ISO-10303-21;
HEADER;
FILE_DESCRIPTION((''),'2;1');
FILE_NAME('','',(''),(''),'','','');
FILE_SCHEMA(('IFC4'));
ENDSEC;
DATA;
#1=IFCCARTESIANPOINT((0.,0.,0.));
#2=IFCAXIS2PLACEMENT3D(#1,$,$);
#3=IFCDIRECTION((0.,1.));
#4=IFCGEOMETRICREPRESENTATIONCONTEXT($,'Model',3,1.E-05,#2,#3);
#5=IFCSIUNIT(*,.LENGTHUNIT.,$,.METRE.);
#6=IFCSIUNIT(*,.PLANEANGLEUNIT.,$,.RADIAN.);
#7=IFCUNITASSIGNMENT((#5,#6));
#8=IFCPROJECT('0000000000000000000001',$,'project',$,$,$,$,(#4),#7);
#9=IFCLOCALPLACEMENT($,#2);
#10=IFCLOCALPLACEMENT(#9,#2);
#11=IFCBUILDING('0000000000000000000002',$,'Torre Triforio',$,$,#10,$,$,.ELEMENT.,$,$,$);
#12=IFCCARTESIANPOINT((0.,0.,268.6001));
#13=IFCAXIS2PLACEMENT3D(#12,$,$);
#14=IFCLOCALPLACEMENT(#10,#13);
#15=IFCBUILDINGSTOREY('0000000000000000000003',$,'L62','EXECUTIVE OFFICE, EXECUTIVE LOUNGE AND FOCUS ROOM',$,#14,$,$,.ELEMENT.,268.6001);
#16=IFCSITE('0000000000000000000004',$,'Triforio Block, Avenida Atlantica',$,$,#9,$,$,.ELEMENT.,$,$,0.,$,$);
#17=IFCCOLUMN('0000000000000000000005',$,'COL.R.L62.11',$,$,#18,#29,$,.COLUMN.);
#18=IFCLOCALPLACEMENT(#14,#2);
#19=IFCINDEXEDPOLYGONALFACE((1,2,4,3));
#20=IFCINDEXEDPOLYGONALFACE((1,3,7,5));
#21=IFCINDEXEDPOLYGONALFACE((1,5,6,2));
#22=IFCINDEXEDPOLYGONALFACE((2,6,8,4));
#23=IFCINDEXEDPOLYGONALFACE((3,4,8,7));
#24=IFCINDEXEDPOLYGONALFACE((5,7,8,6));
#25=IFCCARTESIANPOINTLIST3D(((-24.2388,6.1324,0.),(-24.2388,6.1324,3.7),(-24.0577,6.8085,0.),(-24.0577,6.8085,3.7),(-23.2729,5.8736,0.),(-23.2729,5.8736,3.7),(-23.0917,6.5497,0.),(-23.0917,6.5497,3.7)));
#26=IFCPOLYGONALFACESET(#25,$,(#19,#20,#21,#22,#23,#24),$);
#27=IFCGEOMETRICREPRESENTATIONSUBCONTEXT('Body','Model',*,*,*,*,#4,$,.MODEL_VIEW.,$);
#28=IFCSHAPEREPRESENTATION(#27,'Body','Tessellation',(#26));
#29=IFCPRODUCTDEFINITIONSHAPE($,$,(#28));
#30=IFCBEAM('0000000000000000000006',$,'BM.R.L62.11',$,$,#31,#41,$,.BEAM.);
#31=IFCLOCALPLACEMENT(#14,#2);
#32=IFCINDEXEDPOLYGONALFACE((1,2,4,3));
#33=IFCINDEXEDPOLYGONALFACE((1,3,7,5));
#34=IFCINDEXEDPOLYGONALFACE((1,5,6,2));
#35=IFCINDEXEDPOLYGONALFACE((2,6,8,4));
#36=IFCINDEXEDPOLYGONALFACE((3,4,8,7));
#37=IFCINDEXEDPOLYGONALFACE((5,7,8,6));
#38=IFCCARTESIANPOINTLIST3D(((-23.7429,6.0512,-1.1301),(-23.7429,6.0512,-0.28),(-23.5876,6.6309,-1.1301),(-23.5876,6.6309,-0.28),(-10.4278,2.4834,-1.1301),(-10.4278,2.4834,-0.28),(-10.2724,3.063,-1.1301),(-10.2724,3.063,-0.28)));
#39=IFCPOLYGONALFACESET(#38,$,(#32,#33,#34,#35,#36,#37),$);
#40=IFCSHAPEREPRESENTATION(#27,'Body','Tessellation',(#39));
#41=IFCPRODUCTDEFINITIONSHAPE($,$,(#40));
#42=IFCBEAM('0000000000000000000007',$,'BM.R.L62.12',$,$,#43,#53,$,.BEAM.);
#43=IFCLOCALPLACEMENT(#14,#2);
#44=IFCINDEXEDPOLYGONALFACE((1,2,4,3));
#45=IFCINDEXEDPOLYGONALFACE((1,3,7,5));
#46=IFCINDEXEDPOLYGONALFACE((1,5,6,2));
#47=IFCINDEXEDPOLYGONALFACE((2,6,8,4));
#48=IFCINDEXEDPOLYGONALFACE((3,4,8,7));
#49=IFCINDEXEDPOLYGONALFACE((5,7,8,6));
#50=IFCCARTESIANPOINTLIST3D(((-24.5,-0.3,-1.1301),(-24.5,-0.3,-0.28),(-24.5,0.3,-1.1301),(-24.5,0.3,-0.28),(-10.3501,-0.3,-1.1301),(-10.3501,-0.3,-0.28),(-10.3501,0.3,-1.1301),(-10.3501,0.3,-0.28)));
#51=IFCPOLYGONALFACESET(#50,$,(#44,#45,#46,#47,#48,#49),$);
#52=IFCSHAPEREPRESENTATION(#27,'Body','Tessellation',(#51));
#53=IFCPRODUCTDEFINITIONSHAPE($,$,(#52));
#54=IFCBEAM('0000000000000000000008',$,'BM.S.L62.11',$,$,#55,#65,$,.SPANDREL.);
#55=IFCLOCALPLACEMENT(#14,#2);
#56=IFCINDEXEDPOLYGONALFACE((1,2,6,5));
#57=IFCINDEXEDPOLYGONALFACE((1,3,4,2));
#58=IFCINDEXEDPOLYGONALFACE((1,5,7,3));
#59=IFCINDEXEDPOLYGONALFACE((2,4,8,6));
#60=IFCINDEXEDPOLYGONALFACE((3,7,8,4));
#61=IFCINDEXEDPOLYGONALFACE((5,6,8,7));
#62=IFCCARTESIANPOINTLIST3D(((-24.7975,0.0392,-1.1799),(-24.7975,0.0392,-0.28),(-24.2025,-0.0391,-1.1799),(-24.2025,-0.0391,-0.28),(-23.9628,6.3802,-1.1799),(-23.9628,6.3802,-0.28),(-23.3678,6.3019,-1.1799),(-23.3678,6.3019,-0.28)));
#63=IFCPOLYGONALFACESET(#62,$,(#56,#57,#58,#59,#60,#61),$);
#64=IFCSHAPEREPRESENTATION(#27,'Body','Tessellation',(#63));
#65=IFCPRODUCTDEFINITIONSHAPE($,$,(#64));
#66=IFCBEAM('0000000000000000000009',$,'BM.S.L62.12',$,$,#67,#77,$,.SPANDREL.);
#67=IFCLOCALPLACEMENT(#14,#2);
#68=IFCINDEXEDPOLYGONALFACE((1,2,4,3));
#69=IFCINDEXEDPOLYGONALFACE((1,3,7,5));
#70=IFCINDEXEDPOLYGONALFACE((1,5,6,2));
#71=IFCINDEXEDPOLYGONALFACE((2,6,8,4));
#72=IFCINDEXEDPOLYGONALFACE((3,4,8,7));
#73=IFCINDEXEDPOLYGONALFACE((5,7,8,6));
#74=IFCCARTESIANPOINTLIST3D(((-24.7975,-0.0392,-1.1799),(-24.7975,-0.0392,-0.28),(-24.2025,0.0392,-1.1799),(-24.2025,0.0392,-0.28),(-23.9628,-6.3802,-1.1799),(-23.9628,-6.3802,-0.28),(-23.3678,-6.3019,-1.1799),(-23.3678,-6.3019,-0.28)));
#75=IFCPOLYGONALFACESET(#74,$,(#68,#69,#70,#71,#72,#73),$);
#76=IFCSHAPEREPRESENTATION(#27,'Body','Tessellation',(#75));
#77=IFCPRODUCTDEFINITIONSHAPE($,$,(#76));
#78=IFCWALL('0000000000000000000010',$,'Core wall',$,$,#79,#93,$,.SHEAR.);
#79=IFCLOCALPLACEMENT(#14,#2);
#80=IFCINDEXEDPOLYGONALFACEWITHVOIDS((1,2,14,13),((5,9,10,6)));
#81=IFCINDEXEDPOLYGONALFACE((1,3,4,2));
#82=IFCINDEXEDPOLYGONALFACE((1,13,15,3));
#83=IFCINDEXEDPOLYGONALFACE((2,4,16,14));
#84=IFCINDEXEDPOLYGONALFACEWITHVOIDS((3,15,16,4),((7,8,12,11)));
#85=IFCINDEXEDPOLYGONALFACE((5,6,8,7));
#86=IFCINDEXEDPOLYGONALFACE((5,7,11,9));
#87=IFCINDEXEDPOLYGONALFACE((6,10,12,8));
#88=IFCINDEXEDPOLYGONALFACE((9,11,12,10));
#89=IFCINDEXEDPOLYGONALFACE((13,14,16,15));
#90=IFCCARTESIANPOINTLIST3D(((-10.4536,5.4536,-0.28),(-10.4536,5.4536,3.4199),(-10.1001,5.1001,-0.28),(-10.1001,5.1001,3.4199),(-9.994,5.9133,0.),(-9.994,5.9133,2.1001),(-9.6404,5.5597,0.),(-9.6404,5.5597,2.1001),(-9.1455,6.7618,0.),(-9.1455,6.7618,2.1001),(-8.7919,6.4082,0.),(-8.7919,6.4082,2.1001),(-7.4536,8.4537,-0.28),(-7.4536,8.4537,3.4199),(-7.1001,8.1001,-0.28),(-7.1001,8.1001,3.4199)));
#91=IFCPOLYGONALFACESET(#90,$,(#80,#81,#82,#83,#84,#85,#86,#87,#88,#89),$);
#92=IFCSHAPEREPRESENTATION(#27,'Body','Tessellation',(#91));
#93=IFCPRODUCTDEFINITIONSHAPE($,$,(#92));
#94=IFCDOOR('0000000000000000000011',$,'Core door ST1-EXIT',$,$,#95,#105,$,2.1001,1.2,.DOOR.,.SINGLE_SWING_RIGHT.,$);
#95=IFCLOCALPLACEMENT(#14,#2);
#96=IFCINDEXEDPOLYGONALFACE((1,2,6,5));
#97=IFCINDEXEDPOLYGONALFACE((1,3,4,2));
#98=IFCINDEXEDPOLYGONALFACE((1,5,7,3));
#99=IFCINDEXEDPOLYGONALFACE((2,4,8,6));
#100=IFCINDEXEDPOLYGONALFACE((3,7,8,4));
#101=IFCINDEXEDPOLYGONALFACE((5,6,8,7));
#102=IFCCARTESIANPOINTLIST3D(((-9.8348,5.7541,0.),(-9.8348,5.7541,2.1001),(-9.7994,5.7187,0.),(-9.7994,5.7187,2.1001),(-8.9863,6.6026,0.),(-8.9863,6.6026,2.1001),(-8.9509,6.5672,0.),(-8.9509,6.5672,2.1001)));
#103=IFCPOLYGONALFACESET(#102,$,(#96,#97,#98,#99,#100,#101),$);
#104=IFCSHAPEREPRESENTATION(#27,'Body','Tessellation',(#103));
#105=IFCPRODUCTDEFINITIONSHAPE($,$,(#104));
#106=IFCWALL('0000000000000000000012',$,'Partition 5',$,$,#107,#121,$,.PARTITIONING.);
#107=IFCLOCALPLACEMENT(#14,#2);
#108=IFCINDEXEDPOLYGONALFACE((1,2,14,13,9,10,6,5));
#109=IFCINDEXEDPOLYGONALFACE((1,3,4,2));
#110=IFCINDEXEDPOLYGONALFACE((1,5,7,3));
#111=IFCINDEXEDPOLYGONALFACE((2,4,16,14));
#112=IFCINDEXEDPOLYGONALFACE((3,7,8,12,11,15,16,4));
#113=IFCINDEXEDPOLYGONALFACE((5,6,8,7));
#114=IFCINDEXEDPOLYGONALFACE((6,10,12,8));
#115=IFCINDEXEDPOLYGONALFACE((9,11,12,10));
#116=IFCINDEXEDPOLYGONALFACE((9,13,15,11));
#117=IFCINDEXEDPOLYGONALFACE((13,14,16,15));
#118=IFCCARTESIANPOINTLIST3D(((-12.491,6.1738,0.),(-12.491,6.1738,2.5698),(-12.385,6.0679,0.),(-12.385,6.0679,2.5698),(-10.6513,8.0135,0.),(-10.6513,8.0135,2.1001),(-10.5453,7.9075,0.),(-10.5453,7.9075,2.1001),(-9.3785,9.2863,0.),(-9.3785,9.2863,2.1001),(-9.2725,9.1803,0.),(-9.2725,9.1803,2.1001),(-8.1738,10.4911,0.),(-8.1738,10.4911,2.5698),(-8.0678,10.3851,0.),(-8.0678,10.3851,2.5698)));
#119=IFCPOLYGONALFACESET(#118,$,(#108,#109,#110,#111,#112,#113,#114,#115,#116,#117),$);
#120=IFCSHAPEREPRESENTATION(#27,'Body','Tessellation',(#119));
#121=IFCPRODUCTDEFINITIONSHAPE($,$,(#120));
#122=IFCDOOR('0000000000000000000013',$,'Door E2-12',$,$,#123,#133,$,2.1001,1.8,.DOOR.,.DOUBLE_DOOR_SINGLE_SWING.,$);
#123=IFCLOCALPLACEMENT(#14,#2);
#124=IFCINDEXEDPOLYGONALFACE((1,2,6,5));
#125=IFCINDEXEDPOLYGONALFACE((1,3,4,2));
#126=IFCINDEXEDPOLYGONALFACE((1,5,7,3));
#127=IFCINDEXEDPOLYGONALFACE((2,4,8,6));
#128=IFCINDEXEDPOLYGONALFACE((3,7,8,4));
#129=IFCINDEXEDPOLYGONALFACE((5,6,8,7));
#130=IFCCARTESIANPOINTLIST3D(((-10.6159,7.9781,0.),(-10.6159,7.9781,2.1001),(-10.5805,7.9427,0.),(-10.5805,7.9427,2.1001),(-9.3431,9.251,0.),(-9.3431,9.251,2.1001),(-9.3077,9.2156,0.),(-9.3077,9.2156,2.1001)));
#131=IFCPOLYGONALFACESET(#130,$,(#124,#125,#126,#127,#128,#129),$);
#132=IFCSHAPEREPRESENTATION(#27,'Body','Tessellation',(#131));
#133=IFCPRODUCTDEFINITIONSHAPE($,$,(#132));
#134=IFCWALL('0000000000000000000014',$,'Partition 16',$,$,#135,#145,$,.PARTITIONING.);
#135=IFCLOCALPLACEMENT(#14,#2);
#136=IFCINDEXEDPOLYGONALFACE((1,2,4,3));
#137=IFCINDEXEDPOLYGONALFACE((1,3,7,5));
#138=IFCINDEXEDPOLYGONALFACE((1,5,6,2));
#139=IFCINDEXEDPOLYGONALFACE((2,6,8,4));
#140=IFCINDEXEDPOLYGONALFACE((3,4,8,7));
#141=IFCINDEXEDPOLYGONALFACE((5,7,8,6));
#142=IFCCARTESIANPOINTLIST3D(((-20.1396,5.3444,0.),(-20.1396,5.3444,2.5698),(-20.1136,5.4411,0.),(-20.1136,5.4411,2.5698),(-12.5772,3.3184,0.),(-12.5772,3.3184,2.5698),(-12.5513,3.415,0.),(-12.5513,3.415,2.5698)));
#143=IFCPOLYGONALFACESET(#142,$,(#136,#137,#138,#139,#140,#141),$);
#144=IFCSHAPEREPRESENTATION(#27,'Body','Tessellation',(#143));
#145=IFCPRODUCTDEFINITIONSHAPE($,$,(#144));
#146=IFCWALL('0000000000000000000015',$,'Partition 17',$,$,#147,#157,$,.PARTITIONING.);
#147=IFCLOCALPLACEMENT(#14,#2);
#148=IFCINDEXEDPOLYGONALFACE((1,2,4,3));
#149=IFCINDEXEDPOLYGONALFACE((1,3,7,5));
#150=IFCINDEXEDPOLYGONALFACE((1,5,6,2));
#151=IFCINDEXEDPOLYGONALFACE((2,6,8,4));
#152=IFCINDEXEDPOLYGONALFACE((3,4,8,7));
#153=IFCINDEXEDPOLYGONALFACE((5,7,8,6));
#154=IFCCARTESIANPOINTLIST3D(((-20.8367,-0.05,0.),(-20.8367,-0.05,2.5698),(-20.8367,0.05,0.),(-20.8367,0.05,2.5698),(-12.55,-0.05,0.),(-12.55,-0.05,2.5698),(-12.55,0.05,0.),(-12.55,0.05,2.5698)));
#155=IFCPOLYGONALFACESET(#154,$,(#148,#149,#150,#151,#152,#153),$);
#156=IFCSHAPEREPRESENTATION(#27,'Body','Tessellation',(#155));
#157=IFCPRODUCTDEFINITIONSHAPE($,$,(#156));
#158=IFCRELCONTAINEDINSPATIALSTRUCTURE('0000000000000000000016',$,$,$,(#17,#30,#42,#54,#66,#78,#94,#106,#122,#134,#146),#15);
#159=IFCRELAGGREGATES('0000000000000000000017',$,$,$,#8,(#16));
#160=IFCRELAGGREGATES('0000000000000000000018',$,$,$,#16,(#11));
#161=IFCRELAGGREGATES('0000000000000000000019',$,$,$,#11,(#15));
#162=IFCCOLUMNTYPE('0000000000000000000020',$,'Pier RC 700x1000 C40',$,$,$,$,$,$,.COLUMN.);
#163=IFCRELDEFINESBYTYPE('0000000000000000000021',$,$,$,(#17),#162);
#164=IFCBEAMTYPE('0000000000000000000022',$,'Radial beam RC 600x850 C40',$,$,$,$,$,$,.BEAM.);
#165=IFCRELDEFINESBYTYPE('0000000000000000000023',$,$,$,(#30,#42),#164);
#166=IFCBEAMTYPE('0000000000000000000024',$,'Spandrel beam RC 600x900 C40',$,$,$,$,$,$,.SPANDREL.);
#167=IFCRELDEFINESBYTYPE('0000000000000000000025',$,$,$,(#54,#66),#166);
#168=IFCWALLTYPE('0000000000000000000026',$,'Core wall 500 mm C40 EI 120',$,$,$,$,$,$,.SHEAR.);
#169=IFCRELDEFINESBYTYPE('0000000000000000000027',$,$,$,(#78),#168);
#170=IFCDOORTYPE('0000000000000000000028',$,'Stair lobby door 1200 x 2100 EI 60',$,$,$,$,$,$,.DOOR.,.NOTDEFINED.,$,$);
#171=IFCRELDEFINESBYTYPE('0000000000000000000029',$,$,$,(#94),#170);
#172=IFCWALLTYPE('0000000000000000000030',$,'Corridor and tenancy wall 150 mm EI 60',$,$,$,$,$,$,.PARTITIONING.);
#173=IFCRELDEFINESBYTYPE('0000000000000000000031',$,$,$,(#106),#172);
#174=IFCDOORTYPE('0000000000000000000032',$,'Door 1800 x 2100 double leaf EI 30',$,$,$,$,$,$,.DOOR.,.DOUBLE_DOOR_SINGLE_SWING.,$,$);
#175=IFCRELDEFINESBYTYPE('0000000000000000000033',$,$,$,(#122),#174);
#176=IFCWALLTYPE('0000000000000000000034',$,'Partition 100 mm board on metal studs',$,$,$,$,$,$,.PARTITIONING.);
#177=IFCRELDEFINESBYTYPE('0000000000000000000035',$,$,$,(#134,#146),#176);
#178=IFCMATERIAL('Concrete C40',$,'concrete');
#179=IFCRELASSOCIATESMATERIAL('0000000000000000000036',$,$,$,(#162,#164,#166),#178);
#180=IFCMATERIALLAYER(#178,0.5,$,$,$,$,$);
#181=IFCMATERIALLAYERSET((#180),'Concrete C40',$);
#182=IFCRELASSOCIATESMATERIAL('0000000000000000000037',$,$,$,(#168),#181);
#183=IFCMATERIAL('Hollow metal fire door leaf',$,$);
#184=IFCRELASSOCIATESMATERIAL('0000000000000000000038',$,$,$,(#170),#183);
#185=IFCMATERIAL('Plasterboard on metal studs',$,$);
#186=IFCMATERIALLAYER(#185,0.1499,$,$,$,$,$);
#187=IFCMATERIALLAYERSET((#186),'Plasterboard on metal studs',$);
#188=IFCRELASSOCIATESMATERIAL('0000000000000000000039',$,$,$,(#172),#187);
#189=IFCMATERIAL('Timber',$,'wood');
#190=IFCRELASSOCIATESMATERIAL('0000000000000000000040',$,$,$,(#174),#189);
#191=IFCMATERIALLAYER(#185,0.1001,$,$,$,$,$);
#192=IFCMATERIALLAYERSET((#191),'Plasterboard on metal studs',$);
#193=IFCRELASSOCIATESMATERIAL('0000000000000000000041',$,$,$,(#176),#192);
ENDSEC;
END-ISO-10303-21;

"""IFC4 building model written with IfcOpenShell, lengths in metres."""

from ifc_helpers import new_model, si_unit, direction, frame, frame_2d, origin, origin_2d, place, context, subcontext, project, spatial, rectangle, extrude, material, layer, layer_set, material_profile, profile_set, type_object, element, fill, save


model = new_model("IFC4")

# Units and contexts
model_context = context("Model", 3, precision=1e-05, world=origin(), true_north=direction((0.0, 1.0)))
body_context = subcontext(model_context, "Body", "Model", "MODEL_VIEW")
ifc_project = project(units=[si_unit("LENGTHUNIT", "METRE"), si_unit("PLANEANGLEUNIT", "RADIAN")], contexts=[model_context])

# Site, building, storey
site_placement = place(None, origin())
site = spatial("IfcSite", under=ifc_project, at=site_placement, Name="Triforio Block, Avenida Atlantica", CompositionType="ELEMENT", RefElevation=0.0)
building_placement = place(site_placement, origin())
building = spatial("IfcBuilding", under=site, at=building_placement, Name="Torre Triforio", CompositionType="ELEMENT")
storey_placement = place(building_placement, frame((0.0, 0.0, 268.6001)))
storey = spatial("IfcBuildingStorey", under=building, at=storey_placement, Name="L62", Description="EXECUTIVE OFFICE, EXECUTIVE LOUNGE AND FOCUS ROOM", CompositionType="ELEMENT", Elevation=268.6001)

# Column
ifc_material_1 = material(Name="Concrete C40", Category="concrete")
ifc_material_profile_1 = material_profile(ifc_material_1, rectangle(XDim=0.7, YDim=1.0, at=origin_2d()), Name="RC 700x1000")
ifc_profile_set_1 = profile_set([ifc_material_profile_1], Name="Concrete C40")
column_type = type_object("IfcColumnType", Name="Pier RC 700x1000 C40", PredefinedType="COLUMN", material=ifc_profile_set_1)
column_placement = place(storey_placement, frame((-23.6653, 6.3411, 0.0), z_axis=(0.0, 0.0, 1.0), x_axis=(-0.258819, -0.965926, 0.0)))
element("IfcColumn", 1, at=column_placement, inside=storey, type_object=column_type, Name="COL.R.L62.11", PredefinedType="COLUMN", context=body_context, shape_type="SweptSolid", body=[
    extrude(rectangle(XDim=0.7, YDim=1.0, at=origin_2d()), origin(), (0.0, 0.0, 1.0), 3.7),
])

# Beams
ifc_material_profile_2 = material_profile(ifc_material_1, rectangle(XDim=0.6001, YDim=0.8501, at=origin_2d()), Name="RC 600x850")
ifc_profile_set_2 = profile_set([ifc_material_profile_2], Name="Concrete C40")
beam_type_1 = type_object("IfcBeamType", Name="Radial beam RC 600x850 C40", PredefinedType="BEAM", material=ifc_profile_set_2)
beam_1_placement = place(storey_placement, frame((-10.3501, 2.7732, -0.7051), z_axis=(-0.965924, 0.258824, 0.0), x_axis=(-0.258824, -0.965924, 0.0)))
element("IfcBeam", 2, at=beam_1_placement, inside=storey, type_object=beam_type_1, Name="BM.R.L62.11", PredefinedType="BEAM", context=body_context, shape_type="SweptSolid", body=[
    extrude(rectangle(XDim=0.6001, YDim=0.8501, at=origin_2d()), origin(), (0.0, 0.0, 1.0), 13.7849),
])
beam_2_placement = place(storey_placement, frame((-10.3501, 0.0, -0.7051), z_axis=(-1.0, 0.0, 0.0), x_axis=(0.0, -1.0, 0.0)))
element("IfcBeam", 3, at=beam_2_placement, inside=storey, type_object=beam_type_1, Name="BM.R.L62.12", PredefinedType="BEAM", context=body_context, shape_type="SweptSolid", body=[
    extrude(rectangle(XDim=0.6001, YDim=0.8501, at=origin_2d()), origin(), (0.0, 0.0, 1.0), 14.1499),
])
ifc_material_profile_3 = material_profile(ifc_material_1, rectangle(XDim=0.6001, YDim=0.8999, at=origin_2d()), Name="RC 600x900")
ifc_profile_set_3 = profile_set([ifc_material_profile_3], Name="Concrete C40")
beam_type_2 = type_object("IfcBeamType", Name="Spandrel beam RC 600x900 C40", PredefinedType="SPANDREL", material=ifc_profile_set_3)
for number, where, z_axis, x_axis, name in (
    (4, (-23.6653, 6.3411, -0.73), (-0.130511, -0.991447, 0.0), (0.991447, -0.130511, 0.0), "BM.S.L62.11"),
    (5, (-24.5, 0.0, -0.73), (0.130511, -0.991447, 0.0), (0.991447, 0.130511, 0.0), "BM.S.L62.12"),
):
    element("IfcBeam", number, at=place(storey_placement, frame(where, z_axis=z_axis, x_axis=x_axis)), inside=storey, type_object=beam_type_2, Name=name, PredefinedType="SPANDREL", context=body_context, shape_type="SweptSolid", body=[
        extrude(rectangle(XDim=0.6001, YDim=0.8999, at=origin_2d()), origin(), (0.0, 0.0, 1.0), 6.3958),
    ])

# Walls, openings, doors
ifc_layer_1 = layer(ifc_material_1, 0.5)
ifc_layer_set_1 = layer_set([ifc_layer_1], Name="Concrete C40")
wall_type_1 = type_object("IfcWallType", Name="Core wall 500 mm C40 EI 120", PredefinedType="SHEAR", material=ifc_layer_set_1)
wall_1_placement = place(storey_placement, frame((-10.2769, 5.2769, -0.28), z_axis=(0.0, 0.0, 1.0), x_axis=(0.707107, 0.707107, 0.0)))
wall_1 = element("IfcWall", 6, at=wall_1_placement, inside=storey, type_object=wall_type_1, Name="Core wall", PredefinedType="SHEAR", context=body_context, shape_type="SweptSolid", body=[
    extrude(rectangle(XDim=4.2427, YDim=0.5, at=frame_2d((2.1213, 0.0))), origin(), (0.0, 0.0, 1.0), 3.7),
])
opening_1_placement = place(wall_1_placement, frame((0.6499, 0.0, 0.28)))
opening_1 = element("IfcOpeningElement", 7, at=opening_1_placement, cuts=wall_1, PredefinedType="OPENING", context=body_context, shape_type="SweptSolid", body=[
    extrude(rectangle(XDim=1.2, YDim=2.1001, at=frame_2d((0.6001, 1.05))), frame((0.0, 0.26, 0.0), z_axis=(0.0, -1.0, 0.0), x_axis=(1.0, 0.0, 0.0)), (0.0, 0.0, 1.0), 0.52),
])
ifc_material_2 = material(Name="Hollow metal fire door leaf")
door_type_1 = type_object("IfcDoorType", Name="Stair lobby door 1200 x 2100 EI 60", OperationType="NOTDEFINED", PredefinedType="DOOR", material=ifc_material_2)
door_1_placement = place(opening_1_placement, origin())
door_1 = element("IfcDoor", 8, at=door_1_placement, inside=storey, type_object=door_type_1, Name="Core door ST1-EXIT", OperationType="SINGLE_SWING_RIGHT", OverallHeight=2.1001, OverallWidth=1.2, PredefinedType="DOOR", context=body_context, shape_type="SweptSolid", body=[
    extrude(rectangle(XDim=1.2, YDim=2.1001, at=frame_2d((0.6001, 1.05))), frame((0.0, 0.0249, 0.0), z_axis=(0.0, -1.0, 0.0), x_axis=(1.0, 0.0, 0.0)), (0.0, 0.0, 1.0), 0.05),
])
fill(opening_1, door_1)
ifc_material_3 = material(Name="Plasterboard on metal studs")
ifc_layer_2 = layer(ifc_material_3, 0.1499)
ifc_layer_set_2 = layer_set([ifc_layer_2], Name="Plasterboard on metal studs")
wall_type_2 = type_object("IfcWallType", Name="Corridor and tenancy wall 150 mm EI 60", PredefinedType="PARTITIONING", material=ifc_layer_set_2)
wall_2_placement = place(storey_placement, frame((-12.438, 6.1208, 0.0), z_axis=(0.0, 0.0, 1.0), x_axis=(0.707107, 0.707107, 0.0)))
wall_2 = element("IfcWall", 9, at=wall_2_placement, inside=storey, type_object=wall_type_2, Name="Partition 5", PredefinedType="PARTITIONING", context=body_context, shape_type="SweptSolid", body=[
    extrude(rectangle(XDim=6.1055, YDim=0.1499, at=frame_2d((3.0527, 0.0))), origin(), (0.0, 0.0, 1.0), 2.5698),
])
opening_2_placement = place(wall_2_placement, frame((2.6018, 0.0, 0.0)))
opening_2 = element("IfcOpeningElement", 10, at=opening_2_placement, cuts=wall_2, PredefinedType="OPENING", context=body_context, shape_type="SweptSolid", body=[
    extrude(rectangle(XDim=1.8, YDim=2.1001, at=frame_2d((0.8999, 1.05))), frame((0.0, 0.085, 0.0), z_axis=(0.0, -1.0, 0.0), x_axis=(1.0, 0.0, 0.0)), (0.0, 0.0, 1.0), 0.1699),
])
ifc_material_4 = material(Name="Timber", Category="wood")
door_type_2 = type_object("IfcDoorType", Name="Door 1800 x 2100 double leaf EI 30", OperationType="DOUBLE_DOOR_SINGLE_SWING", PredefinedType="DOOR", material=ifc_material_4)
door_2_placement = place(opening_2_placement, origin())
door_2 = element("IfcDoor", 11, at=door_2_placement, inside=storey, type_object=door_type_2, Name="Door E2-12", OperationType="DOUBLE_DOOR_SINGLE_SWING", OverallHeight=2.1001, OverallWidth=1.8, PredefinedType="DOOR", context=body_context, shape_type="SweptSolid", body=[
    extrude(rectangle(XDim=1.8, YDim=2.1001, at=frame_2d((0.8999, 1.05))), frame((0.0, 0.0249, 0.0), z_axis=(0.0, -1.0, 0.0), x_axis=(1.0, 0.0, 0.0)), (0.0, 0.0, 1.0), 0.05),
])
fill(opening_2, door_2)

# Walls
ifc_layer_3 = layer(ifc_material_3, 0.1001)
ifc_layer_set_3 = layer_set([ifc_layer_3], Name="Plasterboard on metal studs")
wall_type_3 = type_object("IfcWallType", Name="Partition 100 mm board on metal studs", PredefinedType="PARTITIONING", material=ifc_layer_set_3)
wall_3_placement = place(storey_placement, frame((-12.5642, 3.3667, 0.0), z_axis=(0.0, 0.0, 1.0), x_axis=(-0.965934, 0.25879, 0.0)))
element("IfcWall", 12, at=wall_3_placement, inside=storey, type_object=wall_type_3, Name="Partition 16", PredefinedType="PARTITIONING", context=body_context, shape_type="SweptSolid", body=[
    extrude(rectangle(XDim=7.8291, YDim=0.1001, at=frame_2d((3.9146, 0.0))), origin(), (0.0, 0.0, 1.0), 2.5698),
])
wall_4_placement = place(storey_placement, frame((-12.55, 0.0, 0.0), z_axis=(0.0, 0.0, 1.0), x_axis=(-1.0, 0.0, 0.0)))
element("IfcWall", 13, at=wall_4_placement, inside=storey, type_object=wall_type_3, Name="Partition 17", PredefinedType="PARTITIONING", context=body_context, shape_type="SweptSolid", body=[
    extrude(rectangle(XDim=8.2866, YDim=0.1001, at=frame_2d((4.1433, 0.0))), origin(), (0.0, 0.0, 1.0), 2.5698),
])

save(model, "model.ifc")
